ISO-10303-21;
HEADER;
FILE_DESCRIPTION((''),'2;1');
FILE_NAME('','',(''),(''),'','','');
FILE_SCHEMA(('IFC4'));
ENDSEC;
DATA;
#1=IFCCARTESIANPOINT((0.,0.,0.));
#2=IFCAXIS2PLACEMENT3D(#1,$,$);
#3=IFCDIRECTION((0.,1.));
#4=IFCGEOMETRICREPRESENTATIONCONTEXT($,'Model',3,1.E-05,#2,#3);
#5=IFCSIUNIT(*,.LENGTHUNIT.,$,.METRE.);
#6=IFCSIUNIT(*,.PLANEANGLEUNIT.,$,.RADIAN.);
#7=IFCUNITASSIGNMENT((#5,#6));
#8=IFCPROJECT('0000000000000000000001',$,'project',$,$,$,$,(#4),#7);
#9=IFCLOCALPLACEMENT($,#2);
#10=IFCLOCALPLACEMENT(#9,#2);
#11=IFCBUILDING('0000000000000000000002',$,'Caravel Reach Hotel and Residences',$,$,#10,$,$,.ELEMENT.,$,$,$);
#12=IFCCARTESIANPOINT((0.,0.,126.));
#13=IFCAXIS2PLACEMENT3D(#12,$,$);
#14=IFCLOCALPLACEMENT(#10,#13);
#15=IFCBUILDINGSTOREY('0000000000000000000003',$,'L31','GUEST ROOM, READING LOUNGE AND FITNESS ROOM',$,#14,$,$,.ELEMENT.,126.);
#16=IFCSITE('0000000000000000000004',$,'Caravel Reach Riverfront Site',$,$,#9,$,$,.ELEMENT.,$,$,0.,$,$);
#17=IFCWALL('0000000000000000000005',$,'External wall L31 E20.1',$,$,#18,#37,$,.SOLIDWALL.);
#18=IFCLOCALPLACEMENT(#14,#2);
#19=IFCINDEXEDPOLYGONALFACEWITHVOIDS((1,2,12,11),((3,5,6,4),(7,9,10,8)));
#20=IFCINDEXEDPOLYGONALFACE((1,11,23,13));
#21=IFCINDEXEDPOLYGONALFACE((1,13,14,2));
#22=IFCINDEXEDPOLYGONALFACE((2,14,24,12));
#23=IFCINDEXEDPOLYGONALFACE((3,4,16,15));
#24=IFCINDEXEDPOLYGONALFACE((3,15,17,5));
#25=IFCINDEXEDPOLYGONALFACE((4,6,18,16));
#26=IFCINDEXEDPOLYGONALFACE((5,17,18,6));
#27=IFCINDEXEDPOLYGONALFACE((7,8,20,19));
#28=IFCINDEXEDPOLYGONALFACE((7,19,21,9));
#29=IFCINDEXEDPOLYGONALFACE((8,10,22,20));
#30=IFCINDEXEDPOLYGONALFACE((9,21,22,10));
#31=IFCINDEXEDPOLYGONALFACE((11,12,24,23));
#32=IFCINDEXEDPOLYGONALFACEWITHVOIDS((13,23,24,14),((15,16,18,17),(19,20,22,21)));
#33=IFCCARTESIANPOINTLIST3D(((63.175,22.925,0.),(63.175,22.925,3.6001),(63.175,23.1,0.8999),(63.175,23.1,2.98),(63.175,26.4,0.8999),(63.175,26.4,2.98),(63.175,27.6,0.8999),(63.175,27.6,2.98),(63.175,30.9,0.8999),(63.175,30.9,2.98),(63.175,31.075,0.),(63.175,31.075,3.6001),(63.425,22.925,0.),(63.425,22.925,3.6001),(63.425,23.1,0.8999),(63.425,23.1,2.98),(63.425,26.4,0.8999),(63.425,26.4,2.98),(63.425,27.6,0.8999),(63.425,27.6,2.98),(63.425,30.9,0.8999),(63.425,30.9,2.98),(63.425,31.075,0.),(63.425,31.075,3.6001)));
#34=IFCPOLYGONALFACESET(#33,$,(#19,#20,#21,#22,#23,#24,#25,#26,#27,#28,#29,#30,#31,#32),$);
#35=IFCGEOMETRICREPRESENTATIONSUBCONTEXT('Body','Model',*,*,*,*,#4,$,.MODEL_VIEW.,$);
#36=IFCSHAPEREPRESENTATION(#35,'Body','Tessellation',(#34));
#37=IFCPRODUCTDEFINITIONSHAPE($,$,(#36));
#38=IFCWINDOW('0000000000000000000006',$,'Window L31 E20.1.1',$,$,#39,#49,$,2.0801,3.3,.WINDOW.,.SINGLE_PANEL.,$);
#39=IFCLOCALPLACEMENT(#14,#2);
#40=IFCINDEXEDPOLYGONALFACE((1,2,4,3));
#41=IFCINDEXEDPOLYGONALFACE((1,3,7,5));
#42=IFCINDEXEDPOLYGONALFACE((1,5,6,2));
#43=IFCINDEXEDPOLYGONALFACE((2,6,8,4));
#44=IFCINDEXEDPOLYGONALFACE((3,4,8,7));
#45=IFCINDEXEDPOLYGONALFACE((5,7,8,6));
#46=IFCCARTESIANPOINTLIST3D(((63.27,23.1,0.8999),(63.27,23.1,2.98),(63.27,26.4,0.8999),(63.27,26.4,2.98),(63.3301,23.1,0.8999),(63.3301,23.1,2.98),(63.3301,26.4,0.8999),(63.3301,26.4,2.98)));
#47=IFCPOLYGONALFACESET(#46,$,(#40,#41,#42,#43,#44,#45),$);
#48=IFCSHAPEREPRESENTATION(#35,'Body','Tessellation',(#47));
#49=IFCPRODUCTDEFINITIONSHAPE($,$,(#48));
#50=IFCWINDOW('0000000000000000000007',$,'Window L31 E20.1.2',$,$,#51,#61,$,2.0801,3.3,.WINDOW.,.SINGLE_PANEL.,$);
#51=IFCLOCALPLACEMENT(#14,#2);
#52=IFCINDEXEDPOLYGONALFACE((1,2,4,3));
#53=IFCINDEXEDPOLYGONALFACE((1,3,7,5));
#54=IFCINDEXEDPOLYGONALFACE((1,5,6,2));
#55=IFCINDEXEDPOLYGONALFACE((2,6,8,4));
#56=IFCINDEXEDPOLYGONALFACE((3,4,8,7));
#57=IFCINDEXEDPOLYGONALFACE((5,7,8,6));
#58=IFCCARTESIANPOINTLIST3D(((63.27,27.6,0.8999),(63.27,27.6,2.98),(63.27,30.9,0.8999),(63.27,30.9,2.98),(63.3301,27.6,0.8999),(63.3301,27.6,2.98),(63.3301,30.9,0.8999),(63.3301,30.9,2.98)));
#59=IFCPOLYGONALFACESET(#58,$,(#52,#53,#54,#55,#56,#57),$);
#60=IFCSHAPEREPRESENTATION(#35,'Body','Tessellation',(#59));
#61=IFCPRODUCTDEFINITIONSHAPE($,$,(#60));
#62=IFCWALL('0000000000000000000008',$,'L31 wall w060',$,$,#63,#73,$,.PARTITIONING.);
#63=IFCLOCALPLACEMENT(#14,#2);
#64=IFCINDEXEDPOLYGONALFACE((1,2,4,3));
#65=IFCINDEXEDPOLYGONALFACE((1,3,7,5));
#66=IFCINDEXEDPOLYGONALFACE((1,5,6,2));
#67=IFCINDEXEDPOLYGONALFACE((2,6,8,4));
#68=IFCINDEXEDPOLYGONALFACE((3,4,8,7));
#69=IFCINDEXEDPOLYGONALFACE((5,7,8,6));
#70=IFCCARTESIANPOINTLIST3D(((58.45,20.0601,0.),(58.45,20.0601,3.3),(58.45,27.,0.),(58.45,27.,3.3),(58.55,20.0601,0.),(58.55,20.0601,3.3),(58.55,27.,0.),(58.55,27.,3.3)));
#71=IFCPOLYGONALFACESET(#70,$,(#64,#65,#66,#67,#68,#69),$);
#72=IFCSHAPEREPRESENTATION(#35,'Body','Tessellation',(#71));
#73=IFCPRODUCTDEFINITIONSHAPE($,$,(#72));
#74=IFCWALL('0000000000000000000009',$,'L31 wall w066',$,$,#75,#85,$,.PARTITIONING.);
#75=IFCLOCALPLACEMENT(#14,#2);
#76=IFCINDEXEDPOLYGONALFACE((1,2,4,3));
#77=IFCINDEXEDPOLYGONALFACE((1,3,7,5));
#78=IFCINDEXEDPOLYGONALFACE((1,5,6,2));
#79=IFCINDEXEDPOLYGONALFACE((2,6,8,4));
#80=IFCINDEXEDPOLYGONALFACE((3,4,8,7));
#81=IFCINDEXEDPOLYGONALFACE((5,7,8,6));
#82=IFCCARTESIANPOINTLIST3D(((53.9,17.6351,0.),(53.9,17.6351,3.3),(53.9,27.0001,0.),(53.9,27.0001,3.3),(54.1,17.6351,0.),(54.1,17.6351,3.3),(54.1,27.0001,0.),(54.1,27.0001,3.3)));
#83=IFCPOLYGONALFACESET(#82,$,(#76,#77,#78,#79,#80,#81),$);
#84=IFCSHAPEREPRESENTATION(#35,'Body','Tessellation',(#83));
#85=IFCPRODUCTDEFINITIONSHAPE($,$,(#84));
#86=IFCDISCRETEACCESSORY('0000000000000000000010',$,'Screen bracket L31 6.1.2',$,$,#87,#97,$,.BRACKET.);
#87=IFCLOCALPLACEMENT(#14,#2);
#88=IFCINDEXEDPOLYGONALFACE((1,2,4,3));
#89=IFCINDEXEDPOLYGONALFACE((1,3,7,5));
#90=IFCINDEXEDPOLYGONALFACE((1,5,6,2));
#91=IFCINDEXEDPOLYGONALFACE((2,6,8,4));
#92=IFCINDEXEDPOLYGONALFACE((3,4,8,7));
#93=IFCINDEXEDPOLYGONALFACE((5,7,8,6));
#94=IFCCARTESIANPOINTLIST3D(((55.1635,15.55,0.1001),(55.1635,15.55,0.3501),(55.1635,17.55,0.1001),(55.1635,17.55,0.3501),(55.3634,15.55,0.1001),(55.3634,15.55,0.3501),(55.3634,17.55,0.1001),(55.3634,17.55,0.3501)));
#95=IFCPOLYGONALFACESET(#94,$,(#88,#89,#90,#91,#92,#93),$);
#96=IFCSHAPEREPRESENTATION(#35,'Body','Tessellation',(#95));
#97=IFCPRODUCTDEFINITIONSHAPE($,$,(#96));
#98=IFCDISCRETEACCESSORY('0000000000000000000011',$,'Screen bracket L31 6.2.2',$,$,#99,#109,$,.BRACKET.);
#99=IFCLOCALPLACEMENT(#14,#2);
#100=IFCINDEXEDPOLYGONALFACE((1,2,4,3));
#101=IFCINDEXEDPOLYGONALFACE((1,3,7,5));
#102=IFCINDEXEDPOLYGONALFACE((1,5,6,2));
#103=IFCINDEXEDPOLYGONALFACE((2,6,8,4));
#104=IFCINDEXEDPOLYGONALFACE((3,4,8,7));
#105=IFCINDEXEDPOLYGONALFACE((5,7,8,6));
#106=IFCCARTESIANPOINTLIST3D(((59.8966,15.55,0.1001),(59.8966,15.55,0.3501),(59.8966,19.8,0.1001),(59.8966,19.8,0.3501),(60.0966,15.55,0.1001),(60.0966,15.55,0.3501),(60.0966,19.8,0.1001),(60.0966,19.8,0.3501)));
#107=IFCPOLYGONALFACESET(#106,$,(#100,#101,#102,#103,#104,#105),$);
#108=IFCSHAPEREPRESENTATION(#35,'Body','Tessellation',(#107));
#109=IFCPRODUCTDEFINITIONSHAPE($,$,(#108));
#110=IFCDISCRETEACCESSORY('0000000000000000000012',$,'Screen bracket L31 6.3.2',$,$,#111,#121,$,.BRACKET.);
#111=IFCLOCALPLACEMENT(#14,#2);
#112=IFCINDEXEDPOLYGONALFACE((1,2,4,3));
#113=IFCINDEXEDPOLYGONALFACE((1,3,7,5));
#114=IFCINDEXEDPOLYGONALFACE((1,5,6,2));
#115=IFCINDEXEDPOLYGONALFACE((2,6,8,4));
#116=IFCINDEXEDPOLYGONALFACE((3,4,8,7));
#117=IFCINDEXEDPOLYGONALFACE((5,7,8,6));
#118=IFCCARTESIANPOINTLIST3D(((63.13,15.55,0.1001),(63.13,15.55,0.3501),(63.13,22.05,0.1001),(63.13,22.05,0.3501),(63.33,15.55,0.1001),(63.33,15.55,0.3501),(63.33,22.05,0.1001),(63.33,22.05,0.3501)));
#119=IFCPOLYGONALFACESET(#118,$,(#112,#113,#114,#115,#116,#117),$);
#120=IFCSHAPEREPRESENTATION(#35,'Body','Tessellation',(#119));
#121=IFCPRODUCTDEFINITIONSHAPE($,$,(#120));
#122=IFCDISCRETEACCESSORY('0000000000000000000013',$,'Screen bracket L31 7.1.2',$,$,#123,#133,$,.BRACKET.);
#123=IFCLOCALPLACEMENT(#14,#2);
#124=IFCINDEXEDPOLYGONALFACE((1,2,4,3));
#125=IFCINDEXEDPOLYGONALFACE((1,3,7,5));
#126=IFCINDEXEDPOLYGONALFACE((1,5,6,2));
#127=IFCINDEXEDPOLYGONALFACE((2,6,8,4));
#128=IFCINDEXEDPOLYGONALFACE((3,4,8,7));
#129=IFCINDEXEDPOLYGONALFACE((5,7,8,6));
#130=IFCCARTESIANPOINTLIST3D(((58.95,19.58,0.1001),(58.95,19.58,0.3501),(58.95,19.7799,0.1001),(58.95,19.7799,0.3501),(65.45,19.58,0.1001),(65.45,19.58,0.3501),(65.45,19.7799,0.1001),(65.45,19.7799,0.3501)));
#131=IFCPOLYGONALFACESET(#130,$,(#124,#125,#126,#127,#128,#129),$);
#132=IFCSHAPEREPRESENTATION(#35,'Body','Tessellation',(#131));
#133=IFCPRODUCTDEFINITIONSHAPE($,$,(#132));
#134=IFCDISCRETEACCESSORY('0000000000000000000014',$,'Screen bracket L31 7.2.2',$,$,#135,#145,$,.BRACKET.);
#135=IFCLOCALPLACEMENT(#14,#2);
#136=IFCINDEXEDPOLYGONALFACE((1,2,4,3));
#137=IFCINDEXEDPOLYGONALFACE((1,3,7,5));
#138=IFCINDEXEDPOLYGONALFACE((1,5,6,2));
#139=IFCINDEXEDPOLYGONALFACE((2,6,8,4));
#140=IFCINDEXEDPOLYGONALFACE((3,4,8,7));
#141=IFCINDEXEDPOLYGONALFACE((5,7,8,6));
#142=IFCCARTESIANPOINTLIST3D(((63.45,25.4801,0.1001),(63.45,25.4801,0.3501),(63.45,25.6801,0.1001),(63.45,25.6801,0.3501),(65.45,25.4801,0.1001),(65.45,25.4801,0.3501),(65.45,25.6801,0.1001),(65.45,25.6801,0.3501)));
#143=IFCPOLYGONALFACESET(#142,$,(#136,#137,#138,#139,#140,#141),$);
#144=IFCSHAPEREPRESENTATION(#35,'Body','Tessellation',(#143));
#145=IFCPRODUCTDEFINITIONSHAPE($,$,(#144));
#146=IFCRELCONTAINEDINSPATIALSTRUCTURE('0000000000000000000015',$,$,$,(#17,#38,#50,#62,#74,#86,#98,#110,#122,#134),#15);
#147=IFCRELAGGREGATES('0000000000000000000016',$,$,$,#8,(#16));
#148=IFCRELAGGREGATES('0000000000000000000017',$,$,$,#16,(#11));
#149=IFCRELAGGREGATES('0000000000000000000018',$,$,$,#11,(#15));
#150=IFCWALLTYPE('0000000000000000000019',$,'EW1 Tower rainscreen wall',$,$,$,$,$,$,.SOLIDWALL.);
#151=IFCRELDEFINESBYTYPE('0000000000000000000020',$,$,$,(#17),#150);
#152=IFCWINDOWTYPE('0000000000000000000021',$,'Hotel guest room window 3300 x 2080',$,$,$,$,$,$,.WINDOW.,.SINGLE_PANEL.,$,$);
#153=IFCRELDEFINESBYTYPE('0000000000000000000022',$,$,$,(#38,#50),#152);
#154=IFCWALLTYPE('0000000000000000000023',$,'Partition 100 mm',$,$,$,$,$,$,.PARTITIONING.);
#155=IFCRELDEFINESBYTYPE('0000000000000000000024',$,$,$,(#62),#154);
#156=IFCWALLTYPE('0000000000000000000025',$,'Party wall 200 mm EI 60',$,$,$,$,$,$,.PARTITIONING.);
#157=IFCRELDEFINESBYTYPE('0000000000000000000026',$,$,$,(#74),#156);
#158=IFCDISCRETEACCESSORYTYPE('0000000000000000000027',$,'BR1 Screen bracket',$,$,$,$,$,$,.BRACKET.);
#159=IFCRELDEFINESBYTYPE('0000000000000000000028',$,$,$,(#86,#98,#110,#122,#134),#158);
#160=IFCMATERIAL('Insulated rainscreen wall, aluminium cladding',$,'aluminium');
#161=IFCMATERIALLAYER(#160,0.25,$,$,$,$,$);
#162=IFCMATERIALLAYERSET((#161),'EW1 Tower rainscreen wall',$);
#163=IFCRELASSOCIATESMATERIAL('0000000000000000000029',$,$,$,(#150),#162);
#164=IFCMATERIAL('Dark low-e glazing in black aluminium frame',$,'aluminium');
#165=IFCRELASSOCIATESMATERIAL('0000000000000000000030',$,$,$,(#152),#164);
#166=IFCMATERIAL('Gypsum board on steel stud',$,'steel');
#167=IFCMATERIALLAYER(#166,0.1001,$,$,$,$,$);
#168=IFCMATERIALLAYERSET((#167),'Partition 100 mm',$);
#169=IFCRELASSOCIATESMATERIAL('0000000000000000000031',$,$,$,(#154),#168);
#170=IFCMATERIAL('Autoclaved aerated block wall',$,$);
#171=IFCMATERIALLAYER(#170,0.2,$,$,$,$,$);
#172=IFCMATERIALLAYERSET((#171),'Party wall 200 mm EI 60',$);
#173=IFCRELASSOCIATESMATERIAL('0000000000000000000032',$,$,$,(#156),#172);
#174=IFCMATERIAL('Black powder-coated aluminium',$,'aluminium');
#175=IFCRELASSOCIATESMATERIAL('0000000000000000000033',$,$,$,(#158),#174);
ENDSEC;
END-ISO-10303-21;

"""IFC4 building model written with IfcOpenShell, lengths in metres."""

from ifc_helpers import new_model, si_unit, direction, frame, frame_2d, origin, origin_2d, place, context, subcontext, project, spatial, rectangle, extrude, material, layer, layer_set, type_object, element, fill, save


model = new_model("IFC4")

# Units and contexts
model_context = context("Model", 3, precision=1e-05, world=origin(), true_north=direction((0.0, 1.0)))
body_context = subcontext(model_context, "Body", "Model", "MODEL_VIEW")
ifc_project = project(units=[si_unit("LENGTHUNIT", "METRE"), si_unit("PLANEANGLEUNIT", "RADIAN")], contexts=[model_context])

# Site, building, storey
site_placement = place(None, origin())
site = spatial("IfcSite", under=ifc_project, at=site_placement, Name="Caravel Reach Riverfront Site", CompositionType="ELEMENT", RefElevation=0.0)
building_placement = place(site_placement, origin())
building = spatial("IfcBuilding", under=site, at=building_placement, Name="Caravel Reach Hotel and Residences", CompositionType="ELEMENT")
storey_placement = place(building_placement, frame((0.0, 0.0, 126.0)))
storey = spatial("IfcBuildingStorey", under=building, at=storey_placement, Name="L31", Description="GUEST ROOM, READING LOUNGE AND FITNESS ROOM", CompositionType="ELEMENT", Elevation=126.0)

# Shared definitions
ifc_material_1 = material(Name="Insulated rainscreen wall, aluminium cladding", Category="aluminium")
ifc_layer_1 = layer(ifc_material_1, 0.25)
ifc_layer_set_1 = layer_set([ifc_layer_1], Name="EW1 Tower rainscreen wall")
wall_type_1 = type_object("IfcWallType", Name="EW1 Tower rainscreen wall", PredefinedType="SOLIDWALL", material=ifc_layer_set_1)

# Wall, openings, windows
wall_1_placement = place(storey_placement, frame((63.3, 22.925, 0.0), z_axis=(0.0, 0.0, 1.0), x_axis=(0.0, 1.0, 0.0)))
wall_1 = element("IfcWall", 1, at=wall_1_placement, inside=storey, type_object=wall_type_1, Name="External wall L31 E20.1", PredefinedType="SOLIDWALL", context=body_context, shape_type="SweptSolid", body=[
    extrude(rectangle(XDim=8.1499, YDim=0.25, at=frame_2d((4.075, 0.0))), origin(), (0.0, 0.0, 1.0), 3.6001),
])
opening_1_placement = place(wall_1_placement, frame((0.175, 0.0, 0.8999)))
opening_1 = element("IfcOpeningElement", 2, at=opening_1_placement, cuts=wall_1, PredefinedType="OPENING", context=body_context, shape_type="SweptSolid", body=[
    extrude(rectangle(XDim=3.3, YDim=2.0801, at=frame_2d((1.6499, 1.04))), frame((0.0, 0.135, 0.0), z_axis=(0.0, -1.0, 0.0), x_axis=(1.0, 0.0, 0.0)), (0.0, 0.0, 1.0), 0.27),
])
opening_2_placement = place(wall_1_placement, frame((4.675, 0.0, 0.8999)))
opening_2 = element("IfcOpeningElement", 3, at=opening_2_placement, cuts=wall_1, PredefinedType="OPENING", context=body_context, shape_type="SweptSolid", body=[
    extrude(rectangle(XDim=3.3, YDim=2.0801, at=frame_2d((1.6499, 1.04))), frame((0.0, 0.135, 0.0), z_axis=(0.0, -1.0, 0.0), x_axis=(1.0, 0.0, 0.0)), (0.0, 0.0, 1.0), 0.27),
])
ifc_material_2 = material(Name="Dark low-e glazing in black aluminium frame", Category="aluminium")
window_type_1 = type_object("IfcWindowType", Name="Hotel guest room window 3300 x 2080", PartitioningType="SINGLE_PANEL", PredefinedType="WINDOW", material=ifc_material_2)
window_1_placement = place(opening_1_placement, origin())
window_1 = element("IfcWindow", 4, at=window_1_placement, inside=storey, type_object=window_type_1, Name="Window L31 E20.1.1", OverallHeight=2.0801, OverallWidth=3.3, PartitioningType="SINGLE_PANEL", PredefinedType="WINDOW", context=body_context, shape_type="SweptSolid", body=[
    extrude(rectangle(XDim=3.3, YDim=2.0801, at=frame_2d((1.6499, 1.04))), frame((0.0, 0.03, 0.0), z_axis=(0.0, -1.0, 0.0), x_axis=(1.0, 0.0, 0.0)), (0.0, 0.0, 1.0), 0.0601),
])
fill(opening_1, window_1)
window_2_placement = place(opening_2_placement, origin())
window_2 = element("IfcWindow", 5, at=window_2_placement, inside=storey, type_object=window_type_1, Name="Window L31 E20.1.2", OverallHeight=2.0801, OverallWidth=3.3, PartitioningType="SINGLE_PANEL", PredefinedType="WINDOW", context=body_context, shape_type="SweptSolid", body=[
    extrude(rectangle(XDim=3.3, YDim=2.0801, at=frame_2d((1.6499, 1.04))), frame((0.0, 0.03, 0.0), z_axis=(0.0, -1.0, 0.0), x_axis=(1.0, 0.0, 0.0)), (0.0, 0.0, 1.0), 0.0601),
])
fill(opening_2, window_2)

# Walls
ifc_material_3 = material(Name="Gypsum board on steel stud", Category="steel")
ifc_layer_2 = layer(ifc_material_3, 0.1001)
ifc_layer_set_2 = layer_set([ifc_layer_2], Name="Partition 100 mm")
wall_type_2 = type_object("IfcWallType", Name="Partition 100 mm", PredefinedType="PARTITIONING", material=ifc_layer_set_2)
wall_2_placement = place(storey_placement, frame((58.5, 20.0601, 0.0), z_axis=(0.0, 0.0, 1.0), x_axis=(0.0, 1.0, 0.0)))
element("IfcWall", 6, at=wall_2_placement, inside=storey, type_object=wall_type_2, Name="L31 wall w060", PredefinedType="PARTITIONING", context=body_context, shape_type="SweptSolid", body=[
    extrude(rectangle(XDim=6.9399, YDim=0.1001, at=frame_2d((3.47, 0.0))), origin(), (0.0, 0.0, 1.0), 3.3),
])
ifc_material_4 = material(Name="Autoclaved aerated block wall")
ifc_layer_3 = layer(ifc_material_4, 0.2)
ifc_layer_set_3 = layer_set([ifc_layer_3], Name="Party wall 200 mm EI 60")
wall_type_3 = type_object("IfcWallType", Name="Party wall 200 mm EI 60", PredefinedType="PARTITIONING", material=ifc_layer_set_3)
wall_3_placement = place(storey_placement, frame((54.0, 17.635, 0.0), z_axis=(0.0, 0.0, 1.0), x_axis=(0.0, 1.0, 0.0)))
element("IfcWall", 7, at=wall_3_placement, inside=storey, type_object=wall_type_3, Name="L31 wall w066", PredefinedType="PARTITIONING", context=body_context, shape_type="SweptSolid", body=[
    extrude(rectangle(XDim=9.365, YDim=0.2, at=frame_2d((4.6826, 0.0))), origin(), (0.0, 0.0, 1.0), 3.3),
])

# Discrete accessories
ifc_material_5 = material(Name="Black powder-coated aluminium", Category="aluminium")
discrete_accessory_type = type_object("IfcDiscreteAccessoryType", Name="BR1 Screen bracket", PredefinedType="BRACKET", material=ifc_material_5)
discrete_accessory_1_placement = place(storey_placement, frame((55.2634, 16.55, 0.1001), z_axis=(0.0, 0.0, 1.0), x_axis=(0.0, -1.0, 0.0)))
element("IfcDiscreteAccessory", 8, at=discrete_accessory_1_placement, inside=storey, type_object=discrete_accessory_type, Name="Screen bracket L31 6.1.2", PredefinedType="BRACKET", context=body_context, shape_type="SweptSolid", body=[
    extrude(rectangle(XDim=2.0, YDim=0.2, at=origin_2d()), origin(), (0.0, 0.0, 1.0), 0.25),
])
discrete_accessory_2_placement = place(storey_placement, frame((59.9966, 17.675, 0.1001), z_axis=(0.0, 0.0, 1.0), x_axis=(0.0, -1.0, 0.0)))
element("IfcDiscreteAccessory", 9, at=discrete_accessory_2_placement, inside=storey, type_object=discrete_accessory_type, Name="Screen bracket L31 6.2.2", PredefinedType="BRACKET", context=body_context, shape_type="SweptSolid", body=[
    extrude(rectangle(XDim=4.25, YDim=0.2, at=origin_2d()), origin(), (0.0, 0.0, 1.0), 0.25),
])
for number, where, z_axis, x_axis, name in (
    (10, (63.23, 18.8, 0.1001), (0.0, 0.0, 1.0), (0.0, -1.0, 0.0), "Screen bracket L31 6.3.2"),
    (11, (62.2, 19.6799, 0.1001), (0.0, 0.0, 1.0), (1.0, 0.0, 0.0), "Screen bracket L31 7.1.2"),
):
    element("IfcDiscreteAccessory", number, at=place(storey_placement, frame(where, z_axis=z_axis, x_axis=x_axis)), inside=storey, type_object=discrete_accessory_type, Name=name, PredefinedType="BRACKET", context=body_context, shape_type="SweptSolid", body=[
        extrude(rectangle(XDim=6.5, YDim=0.2, at=origin_2d()), origin(), (0.0, 0.0, 1.0), 0.25),
    ])
discrete_accessory_3_placement = place(storey_placement, frame((64.45, 25.5801, 0.1001), z_axis=(0.0, 0.0, 1.0), x_axis=(1.0, 0.0, 0.0)))
element("IfcDiscreteAccessory", 12, at=discrete_accessory_3_placement, inside=storey, type_object=discrete_accessory_type, Name="Screen bracket L31 7.2.2", PredefinedType="BRACKET", context=body_context, shape_type="SweptSolid", body=[
    extrude(rectangle(XDim=2.0, YDim=0.2, at=origin_2d()), origin(), (0.0, 0.0, 1.0), 0.25),
])

save(model, "model.ifc")
